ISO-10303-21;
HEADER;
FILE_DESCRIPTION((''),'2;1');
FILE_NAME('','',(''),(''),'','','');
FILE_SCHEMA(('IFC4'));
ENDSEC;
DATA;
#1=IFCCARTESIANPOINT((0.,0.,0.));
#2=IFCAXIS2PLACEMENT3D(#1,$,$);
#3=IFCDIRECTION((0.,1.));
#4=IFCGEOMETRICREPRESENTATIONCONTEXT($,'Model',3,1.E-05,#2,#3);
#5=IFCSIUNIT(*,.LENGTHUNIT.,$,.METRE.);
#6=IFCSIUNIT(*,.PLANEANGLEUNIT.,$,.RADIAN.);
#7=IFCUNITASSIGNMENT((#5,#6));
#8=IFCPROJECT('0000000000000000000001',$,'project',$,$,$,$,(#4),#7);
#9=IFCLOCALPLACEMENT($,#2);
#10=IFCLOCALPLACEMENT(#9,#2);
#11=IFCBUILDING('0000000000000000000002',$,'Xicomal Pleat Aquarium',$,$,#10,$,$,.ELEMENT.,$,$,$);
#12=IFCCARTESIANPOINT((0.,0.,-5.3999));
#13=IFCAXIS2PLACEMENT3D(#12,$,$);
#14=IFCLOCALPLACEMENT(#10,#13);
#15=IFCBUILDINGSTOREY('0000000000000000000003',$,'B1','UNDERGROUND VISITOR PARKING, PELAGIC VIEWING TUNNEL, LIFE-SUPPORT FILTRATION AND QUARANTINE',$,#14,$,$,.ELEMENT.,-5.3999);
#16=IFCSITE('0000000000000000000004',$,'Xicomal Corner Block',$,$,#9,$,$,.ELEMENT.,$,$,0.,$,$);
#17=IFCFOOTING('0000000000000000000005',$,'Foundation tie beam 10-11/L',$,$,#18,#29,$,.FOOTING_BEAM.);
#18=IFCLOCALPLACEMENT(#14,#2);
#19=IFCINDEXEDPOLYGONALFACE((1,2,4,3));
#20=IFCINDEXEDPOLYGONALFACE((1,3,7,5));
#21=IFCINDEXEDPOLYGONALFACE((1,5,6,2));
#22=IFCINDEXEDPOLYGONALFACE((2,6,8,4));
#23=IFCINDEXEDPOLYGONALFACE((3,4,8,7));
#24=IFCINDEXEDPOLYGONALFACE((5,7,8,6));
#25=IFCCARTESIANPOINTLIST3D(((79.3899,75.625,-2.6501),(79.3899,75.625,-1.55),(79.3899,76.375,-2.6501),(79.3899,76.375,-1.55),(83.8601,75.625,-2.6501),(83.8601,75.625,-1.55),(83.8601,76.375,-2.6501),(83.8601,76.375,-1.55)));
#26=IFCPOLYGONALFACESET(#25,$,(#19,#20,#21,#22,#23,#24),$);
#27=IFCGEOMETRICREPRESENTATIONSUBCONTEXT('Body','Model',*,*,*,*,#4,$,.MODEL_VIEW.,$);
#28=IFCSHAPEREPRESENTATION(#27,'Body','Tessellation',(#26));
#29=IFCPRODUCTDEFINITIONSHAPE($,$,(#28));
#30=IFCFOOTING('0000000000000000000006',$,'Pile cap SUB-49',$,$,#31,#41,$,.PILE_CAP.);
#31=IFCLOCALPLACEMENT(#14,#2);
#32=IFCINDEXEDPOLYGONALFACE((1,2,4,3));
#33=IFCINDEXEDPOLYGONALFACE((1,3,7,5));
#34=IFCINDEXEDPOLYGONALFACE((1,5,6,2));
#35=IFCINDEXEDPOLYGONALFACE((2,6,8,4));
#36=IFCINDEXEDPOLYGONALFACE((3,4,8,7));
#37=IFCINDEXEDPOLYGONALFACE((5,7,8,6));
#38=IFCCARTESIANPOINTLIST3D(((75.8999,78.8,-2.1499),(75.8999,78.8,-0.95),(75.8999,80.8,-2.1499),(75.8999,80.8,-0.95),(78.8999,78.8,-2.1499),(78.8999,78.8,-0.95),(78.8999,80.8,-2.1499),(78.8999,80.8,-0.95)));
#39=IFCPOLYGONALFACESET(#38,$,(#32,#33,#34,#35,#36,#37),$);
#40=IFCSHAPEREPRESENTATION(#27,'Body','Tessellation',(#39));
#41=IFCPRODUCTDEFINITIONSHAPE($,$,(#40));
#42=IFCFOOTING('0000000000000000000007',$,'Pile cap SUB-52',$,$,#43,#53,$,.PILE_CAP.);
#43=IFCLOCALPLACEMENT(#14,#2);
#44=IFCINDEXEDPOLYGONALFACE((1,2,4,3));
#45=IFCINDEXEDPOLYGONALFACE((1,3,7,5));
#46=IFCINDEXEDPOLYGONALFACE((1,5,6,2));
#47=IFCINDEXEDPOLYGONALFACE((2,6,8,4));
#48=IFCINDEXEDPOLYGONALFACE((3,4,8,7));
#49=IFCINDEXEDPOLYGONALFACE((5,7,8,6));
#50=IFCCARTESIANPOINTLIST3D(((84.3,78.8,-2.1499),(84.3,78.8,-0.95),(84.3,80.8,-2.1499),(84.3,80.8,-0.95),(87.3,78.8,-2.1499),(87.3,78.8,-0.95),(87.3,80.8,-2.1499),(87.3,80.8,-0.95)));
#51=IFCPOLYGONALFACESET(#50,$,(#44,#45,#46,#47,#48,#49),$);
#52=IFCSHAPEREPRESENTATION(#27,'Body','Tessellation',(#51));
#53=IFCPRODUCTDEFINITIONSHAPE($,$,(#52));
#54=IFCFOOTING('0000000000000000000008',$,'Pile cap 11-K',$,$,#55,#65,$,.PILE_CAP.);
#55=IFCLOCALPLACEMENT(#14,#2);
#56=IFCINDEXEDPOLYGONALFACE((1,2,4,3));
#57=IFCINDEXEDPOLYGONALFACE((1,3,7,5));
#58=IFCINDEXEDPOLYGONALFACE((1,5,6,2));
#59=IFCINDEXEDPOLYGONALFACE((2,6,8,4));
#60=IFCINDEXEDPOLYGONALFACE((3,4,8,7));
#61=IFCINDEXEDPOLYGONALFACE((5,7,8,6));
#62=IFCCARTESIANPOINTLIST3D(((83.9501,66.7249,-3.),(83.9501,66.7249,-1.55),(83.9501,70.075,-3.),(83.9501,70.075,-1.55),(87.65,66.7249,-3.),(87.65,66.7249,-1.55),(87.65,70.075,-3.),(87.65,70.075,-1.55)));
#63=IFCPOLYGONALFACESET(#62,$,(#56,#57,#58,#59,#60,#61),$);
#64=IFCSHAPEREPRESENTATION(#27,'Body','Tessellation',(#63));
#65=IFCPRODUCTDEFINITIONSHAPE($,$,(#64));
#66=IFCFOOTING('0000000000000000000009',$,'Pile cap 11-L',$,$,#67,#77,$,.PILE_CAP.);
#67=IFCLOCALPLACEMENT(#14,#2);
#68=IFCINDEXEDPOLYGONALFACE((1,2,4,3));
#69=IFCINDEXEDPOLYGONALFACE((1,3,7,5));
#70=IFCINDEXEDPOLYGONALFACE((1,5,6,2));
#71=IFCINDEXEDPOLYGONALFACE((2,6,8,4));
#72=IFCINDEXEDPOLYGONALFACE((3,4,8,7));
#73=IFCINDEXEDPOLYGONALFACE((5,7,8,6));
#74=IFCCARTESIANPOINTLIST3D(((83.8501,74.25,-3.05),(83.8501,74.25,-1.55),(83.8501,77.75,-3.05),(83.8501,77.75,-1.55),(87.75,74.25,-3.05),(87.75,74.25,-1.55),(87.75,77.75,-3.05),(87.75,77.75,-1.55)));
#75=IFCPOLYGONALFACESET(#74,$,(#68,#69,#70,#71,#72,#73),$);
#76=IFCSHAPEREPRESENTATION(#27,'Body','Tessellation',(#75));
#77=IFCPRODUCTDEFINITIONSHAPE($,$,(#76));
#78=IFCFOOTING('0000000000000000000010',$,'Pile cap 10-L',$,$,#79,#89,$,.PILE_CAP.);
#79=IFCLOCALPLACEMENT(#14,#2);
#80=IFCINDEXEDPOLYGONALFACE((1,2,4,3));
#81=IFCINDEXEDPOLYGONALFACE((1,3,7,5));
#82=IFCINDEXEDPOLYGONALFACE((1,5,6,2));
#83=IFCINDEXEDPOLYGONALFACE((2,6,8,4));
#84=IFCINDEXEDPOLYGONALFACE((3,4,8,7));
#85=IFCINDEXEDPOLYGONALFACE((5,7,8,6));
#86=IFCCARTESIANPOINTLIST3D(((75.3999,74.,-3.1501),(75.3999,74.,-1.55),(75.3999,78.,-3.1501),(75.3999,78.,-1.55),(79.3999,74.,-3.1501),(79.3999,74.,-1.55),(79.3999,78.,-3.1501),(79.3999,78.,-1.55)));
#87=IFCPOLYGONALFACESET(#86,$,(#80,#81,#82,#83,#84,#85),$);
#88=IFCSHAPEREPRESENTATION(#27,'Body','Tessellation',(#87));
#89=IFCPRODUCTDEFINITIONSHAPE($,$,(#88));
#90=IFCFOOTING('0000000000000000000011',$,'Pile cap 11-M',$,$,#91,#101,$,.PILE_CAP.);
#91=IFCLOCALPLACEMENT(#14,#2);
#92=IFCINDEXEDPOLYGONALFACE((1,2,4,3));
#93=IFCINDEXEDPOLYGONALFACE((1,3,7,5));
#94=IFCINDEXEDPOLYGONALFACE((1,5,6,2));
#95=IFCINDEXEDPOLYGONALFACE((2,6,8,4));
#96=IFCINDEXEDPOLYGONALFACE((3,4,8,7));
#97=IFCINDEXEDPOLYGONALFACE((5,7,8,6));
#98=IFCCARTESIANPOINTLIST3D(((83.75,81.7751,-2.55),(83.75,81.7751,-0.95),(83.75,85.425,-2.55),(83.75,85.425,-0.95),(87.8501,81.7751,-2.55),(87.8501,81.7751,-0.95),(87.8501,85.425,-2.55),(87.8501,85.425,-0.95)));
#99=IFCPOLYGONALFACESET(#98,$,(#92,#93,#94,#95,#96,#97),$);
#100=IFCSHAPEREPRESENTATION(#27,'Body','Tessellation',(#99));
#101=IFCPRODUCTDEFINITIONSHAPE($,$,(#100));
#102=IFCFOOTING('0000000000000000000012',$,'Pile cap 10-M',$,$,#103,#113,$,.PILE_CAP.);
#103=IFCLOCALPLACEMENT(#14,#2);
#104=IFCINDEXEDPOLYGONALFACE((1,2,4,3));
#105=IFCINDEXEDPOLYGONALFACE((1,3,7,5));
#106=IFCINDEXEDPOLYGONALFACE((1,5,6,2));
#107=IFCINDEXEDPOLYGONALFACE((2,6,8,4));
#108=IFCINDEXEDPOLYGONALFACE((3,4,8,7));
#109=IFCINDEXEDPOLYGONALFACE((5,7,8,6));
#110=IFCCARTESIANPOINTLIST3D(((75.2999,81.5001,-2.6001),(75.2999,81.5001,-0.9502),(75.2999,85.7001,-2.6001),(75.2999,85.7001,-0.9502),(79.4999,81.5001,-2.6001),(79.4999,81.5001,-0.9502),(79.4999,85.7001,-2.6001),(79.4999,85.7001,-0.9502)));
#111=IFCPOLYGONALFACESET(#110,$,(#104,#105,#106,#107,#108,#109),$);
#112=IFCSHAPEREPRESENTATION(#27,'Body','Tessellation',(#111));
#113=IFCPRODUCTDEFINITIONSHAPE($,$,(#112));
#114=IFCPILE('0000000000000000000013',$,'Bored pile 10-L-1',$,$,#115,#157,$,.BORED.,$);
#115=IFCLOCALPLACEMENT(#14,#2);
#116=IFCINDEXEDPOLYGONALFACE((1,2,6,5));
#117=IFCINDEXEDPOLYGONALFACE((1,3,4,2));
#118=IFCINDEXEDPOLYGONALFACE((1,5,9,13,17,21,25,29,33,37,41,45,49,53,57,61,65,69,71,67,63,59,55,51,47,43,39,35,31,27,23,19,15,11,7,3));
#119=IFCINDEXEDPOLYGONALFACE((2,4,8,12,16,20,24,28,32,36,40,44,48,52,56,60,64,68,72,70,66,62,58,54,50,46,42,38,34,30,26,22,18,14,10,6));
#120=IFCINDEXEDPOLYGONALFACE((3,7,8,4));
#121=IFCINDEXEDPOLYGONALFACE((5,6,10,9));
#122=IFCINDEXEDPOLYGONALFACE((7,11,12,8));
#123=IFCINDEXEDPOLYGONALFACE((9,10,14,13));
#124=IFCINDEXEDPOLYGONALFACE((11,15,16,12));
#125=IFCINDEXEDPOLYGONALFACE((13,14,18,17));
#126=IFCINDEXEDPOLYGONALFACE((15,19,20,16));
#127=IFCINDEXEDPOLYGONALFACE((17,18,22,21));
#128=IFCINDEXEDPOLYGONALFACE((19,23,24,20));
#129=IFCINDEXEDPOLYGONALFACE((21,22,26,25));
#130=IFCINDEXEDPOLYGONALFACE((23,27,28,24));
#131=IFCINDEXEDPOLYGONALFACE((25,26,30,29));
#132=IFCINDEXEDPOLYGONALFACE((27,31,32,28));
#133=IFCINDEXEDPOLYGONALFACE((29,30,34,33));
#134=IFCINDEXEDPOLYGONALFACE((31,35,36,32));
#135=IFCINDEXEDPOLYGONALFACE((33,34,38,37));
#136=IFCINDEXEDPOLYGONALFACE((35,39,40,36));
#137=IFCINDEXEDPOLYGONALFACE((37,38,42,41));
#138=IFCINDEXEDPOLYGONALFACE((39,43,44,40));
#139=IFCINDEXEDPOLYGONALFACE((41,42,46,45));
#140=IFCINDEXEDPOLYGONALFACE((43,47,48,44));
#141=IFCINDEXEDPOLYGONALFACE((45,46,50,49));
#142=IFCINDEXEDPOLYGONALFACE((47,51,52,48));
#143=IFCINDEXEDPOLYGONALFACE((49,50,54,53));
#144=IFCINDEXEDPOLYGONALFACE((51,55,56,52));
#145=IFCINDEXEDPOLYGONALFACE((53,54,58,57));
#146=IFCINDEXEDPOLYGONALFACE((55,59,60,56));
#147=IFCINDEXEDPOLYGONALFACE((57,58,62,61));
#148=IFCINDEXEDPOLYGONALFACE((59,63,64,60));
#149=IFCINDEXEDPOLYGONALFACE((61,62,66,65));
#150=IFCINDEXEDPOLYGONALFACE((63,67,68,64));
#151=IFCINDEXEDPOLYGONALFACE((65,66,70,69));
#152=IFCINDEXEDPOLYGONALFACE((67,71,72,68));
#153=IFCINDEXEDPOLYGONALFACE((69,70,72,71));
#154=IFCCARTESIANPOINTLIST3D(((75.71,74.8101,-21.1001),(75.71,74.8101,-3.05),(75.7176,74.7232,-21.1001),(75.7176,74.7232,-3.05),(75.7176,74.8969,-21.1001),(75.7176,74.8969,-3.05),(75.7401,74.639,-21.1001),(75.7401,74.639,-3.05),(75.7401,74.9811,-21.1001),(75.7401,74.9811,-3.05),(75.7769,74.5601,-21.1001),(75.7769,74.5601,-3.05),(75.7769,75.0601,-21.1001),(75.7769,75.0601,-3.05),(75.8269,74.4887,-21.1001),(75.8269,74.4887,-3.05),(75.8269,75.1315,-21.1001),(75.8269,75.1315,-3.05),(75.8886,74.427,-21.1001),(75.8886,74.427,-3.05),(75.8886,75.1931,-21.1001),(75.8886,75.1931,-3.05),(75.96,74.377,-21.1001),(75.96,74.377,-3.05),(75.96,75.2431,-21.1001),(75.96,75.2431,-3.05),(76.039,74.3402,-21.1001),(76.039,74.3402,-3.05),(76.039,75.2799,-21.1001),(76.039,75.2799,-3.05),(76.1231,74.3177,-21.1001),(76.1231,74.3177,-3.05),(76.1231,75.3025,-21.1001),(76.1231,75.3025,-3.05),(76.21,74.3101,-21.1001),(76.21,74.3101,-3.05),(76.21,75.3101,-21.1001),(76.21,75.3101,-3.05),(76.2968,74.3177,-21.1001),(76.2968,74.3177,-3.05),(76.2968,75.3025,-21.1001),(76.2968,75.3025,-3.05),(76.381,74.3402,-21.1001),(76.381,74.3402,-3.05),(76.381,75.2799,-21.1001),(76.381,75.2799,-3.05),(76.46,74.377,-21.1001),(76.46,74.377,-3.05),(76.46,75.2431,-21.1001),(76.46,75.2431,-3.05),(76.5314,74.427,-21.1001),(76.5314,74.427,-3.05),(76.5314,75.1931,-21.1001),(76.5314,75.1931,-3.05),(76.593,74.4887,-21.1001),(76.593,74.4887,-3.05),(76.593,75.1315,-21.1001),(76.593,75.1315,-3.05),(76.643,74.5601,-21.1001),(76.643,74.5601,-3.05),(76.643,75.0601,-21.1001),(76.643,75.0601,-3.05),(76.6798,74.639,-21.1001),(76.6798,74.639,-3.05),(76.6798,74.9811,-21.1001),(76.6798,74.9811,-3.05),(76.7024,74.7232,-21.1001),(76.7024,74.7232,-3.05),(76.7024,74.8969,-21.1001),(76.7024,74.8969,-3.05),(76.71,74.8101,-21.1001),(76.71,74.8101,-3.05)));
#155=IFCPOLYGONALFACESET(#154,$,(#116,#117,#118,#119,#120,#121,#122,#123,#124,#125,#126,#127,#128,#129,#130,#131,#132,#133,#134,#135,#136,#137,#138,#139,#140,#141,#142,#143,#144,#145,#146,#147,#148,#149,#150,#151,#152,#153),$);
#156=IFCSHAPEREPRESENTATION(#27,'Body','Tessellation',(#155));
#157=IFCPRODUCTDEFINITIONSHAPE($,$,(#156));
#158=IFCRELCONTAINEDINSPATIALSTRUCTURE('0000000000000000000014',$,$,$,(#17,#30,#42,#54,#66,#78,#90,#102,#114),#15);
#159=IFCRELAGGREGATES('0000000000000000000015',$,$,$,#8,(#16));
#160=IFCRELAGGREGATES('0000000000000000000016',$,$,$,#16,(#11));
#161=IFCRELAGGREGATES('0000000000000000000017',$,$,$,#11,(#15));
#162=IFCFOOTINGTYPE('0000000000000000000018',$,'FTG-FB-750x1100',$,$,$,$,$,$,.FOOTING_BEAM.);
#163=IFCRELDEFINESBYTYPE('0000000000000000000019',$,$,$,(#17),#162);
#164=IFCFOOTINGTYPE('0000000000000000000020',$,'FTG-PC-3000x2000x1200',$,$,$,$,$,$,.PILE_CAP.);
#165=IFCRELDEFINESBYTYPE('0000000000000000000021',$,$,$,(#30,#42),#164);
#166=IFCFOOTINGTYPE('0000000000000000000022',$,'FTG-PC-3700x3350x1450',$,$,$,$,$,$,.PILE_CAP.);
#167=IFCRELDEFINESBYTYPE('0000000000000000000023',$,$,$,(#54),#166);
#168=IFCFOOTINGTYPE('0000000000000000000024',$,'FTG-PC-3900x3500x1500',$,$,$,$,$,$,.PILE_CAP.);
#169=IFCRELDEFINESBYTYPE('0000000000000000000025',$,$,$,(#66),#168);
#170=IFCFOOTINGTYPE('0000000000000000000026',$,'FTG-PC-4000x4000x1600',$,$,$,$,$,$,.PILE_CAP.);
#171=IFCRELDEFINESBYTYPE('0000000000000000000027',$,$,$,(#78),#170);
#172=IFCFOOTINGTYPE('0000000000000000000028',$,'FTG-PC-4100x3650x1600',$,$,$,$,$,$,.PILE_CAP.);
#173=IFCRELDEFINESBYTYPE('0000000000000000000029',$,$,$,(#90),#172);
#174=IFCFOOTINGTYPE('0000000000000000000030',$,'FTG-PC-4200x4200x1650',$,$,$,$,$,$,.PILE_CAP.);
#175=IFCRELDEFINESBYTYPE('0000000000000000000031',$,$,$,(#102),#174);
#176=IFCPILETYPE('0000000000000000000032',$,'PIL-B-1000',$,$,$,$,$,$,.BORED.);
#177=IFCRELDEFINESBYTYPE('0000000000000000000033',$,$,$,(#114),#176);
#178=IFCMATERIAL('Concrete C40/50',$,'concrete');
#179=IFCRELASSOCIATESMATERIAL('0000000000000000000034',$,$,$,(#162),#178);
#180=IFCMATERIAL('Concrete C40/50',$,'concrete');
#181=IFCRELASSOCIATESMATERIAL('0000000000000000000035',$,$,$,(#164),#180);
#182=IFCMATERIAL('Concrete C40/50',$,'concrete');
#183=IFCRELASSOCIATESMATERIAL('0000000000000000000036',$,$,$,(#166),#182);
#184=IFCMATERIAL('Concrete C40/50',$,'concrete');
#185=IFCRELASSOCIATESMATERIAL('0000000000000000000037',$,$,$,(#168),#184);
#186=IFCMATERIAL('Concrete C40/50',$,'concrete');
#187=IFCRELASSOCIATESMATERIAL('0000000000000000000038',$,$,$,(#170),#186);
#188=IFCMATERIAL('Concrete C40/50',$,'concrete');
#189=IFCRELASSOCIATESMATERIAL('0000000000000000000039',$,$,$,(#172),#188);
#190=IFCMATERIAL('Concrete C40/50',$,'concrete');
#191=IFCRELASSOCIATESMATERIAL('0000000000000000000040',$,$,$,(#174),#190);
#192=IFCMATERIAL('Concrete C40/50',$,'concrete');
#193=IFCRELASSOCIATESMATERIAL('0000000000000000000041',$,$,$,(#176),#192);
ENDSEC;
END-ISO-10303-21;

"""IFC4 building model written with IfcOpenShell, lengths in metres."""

from ifc_helpers import new_model, si_unit, direction, frame, origin, origin_2d, place, context, subcontext, project, spatial, rectangle, circle, extrude, material, material_profile, profile_set, type_object, element, save


model = new_model("IFC4")

# Units and contexts
model_context = context("Model", 3, precision=1e-05, world=origin(), true_north=direction((0.0, 1.0)))
body_context = subcontext(model_context, "Body", "Model", "MODEL_VIEW")
ifc_project = project(units=[si_unit("LENGTHUNIT", "METRE"), si_unit("PLANEANGLEUNIT", "RADIAN")], contexts=[model_context])

# Site, building, storey
site_placement = place(None, origin())
site = spatial("IfcSite", under=ifc_project, at=site_placement, Name="Xicomal Corner Block", CompositionType="ELEMENT", RefElevation=0.0)
building_placement = place(site_placement, origin())
building = spatial("IfcBuilding", under=site, at=building_placement, Name="Xicomal Pleat Aquarium", CompositionType="ELEMENT")
storey_placement = place(building_placement, frame((0.0, 0.0, -5.3999)))
storey = spatial("IfcBuildingStorey", under=building, at=storey_placement, Name="B1", Description="UNDERGROUND VISITOR PARKING, PELAGIC VIEWING TUNNEL, LIFE-SUPPORT FILTRATION AND QUARANTINE", CompositionType="ELEMENT", Elevation=-5.3999)

# Footings
ifc_material_1 = material(Name="Concrete C40/50", Category="concrete")
ifc_material_profile_1 = material_profile(ifc_material_1, rectangle(XDim=0.75, YDim=1.1001, at=origin_2d()), Name="FB-04 750x1100")
ifc_profile_set_1 = profile_set([ifc_material_profile_1], Name="Concrete C40/50")
footing_type_1 = type_object("IfcFootingType", Name="FTG-FB-750x1100", PredefinedType="FOOTING_BEAM", material=ifc_profile_set_1)
footing_1_placement = place(storey_placement, frame((79.3899, 76.0, -2.1001), z_axis=(1.0, 0.0, 0.0), x_axis=(0.0, 1.0, 0.0)))
element("IfcFooting", 1, at=footing_1_placement, inside=storey, type_object=footing_type_1, Name="Foundation tie beam 10-11/L", PredefinedType="FOOTING_BEAM", context=body_context, shape_type="SweptSolid", body=[
    extrude(rectangle(XDim=0.75, YDim=1.1001, at=origin_2d()), origin(), (0.0, 0.0, 1.0), 4.4702),
])
ifc_material_2 = material(Name="Concrete C40/50", Category="concrete")
footing_type_2 = type_object("IfcFootingType", Name="FTG-PC-3000x2000x1200", PredefinedType="PILE_CAP", material=ifc_material_2)
for number, where, z_axis, x_axis, name in (
    (2, (77.3999, 79.8, -2.1499), (0.0, 0.0, 1.0), (1.0, 0.0, 0.0), "Pile cap SUB-49"),
    (3, (85.8, 79.8, -2.1499), (0.0, 0.0, 1.0), (1.0, 0.0, 0.0), "Pile cap SUB-52"),
):
    element("IfcFooting", number, at=place(storey_placement, frame(where, z_axis=z_axis, x_axis=x_axis)), inside=storey, type_object=footing_type_2, Name=name, PredefinedType="PILE_CAP", context=body_context, shape_type="SweptSolid", body=[
        extrude(rectangle(XDim=3.0, YDim=2.0, at=origin_2d()), origin(), (0.0, 0.0, 1.0), 1.2),
    ])
ifc_material_3 = material(Name="Concrete C40/50", Category="concrete")
footing_type_3 = type_object("IfcFootingType", Name="FTG-PC-3700x3350x1450", PredefinedType="PILE_CAP", material=ifc_material_3)
footing_2_placement = place(storey_placement, frame((85.8, 68.3999, -3.0), z_axis=(0.0, 0.0, 1.0), x_axis=(1.0, 0.0, 0.0)))
element("IfcFooting", 4, at=footing_2_placement, inside=storey, type_object=footing_type_3, Name="Pile cap 11-K", PredefinedType="PILE_CAP", context=body_context, shape_type="SweptSolid", body=[
    extrude(rectangle(XDim=3.7, YDim=3.3501, at=origin_2d()), origin(), (0.0, 0.0, 1.0), 1.45),
])
ifc_material_4 = material(Name="Concrete C40/50", Category="concrete")
footing_type_4 = type_object("IfcFootingType", Name="FTG-PC-3900x3500x1500", PredefinedType="PILE_CAP", material=ifc_material_4)
footing_3_placement = place(storey_placement, frame((85.8, 76.0, -3.05), z_axis=(0.0, 0.0, 1.0), x_axis=(1.0, 0.0, 0.0)))
element("IfcFooting", 5, at=footing_3_placement, inside=storey, type_object=footing_type_4, Name="Pile cap 11-L", PredefinedType="PILE_CAP", context=body_context, shape_type="SweptSolid", body=[
    extrude(rectangle(XDim=3.8999, YDim=3.5, at=origin_2d()), origin(), (0.0, 0.0, 1.0), 1.5),
])
ifc_material_5 = material(Name="Concrete C40/50", Category="concrete")
footing_type_5 = type_object("IfcFootingType", Name="FTG-PC-4000x4000x1600", PredefinedType="PILE_CAP", material=ifc_material_5)
footing_4_placement = place(storey_placement, frame((77.3999, 76.0, -3.1501), z_axis=(0.0, 0.0, 1.0), x_axis=(1.0, 0.0, 0.0)))
element("IfcFooting", 6, at=footing_4_placement, inside=storey, type_object=footing_type_5, Name="Pile cap 10-L", PredefinedType="PILE_CAP", context=body_context, shape_type="SweptSolid", body=[
    extrude(rectangle(XDim=4.0, YDim=4.0, at=origin_2d()), origin(), (0.0, 0.0, 1.0), 1.6001),
])
ifc_material_6 = material(Name="Concrete C40/50", Category="concrete")
footing_type_6 = type_object("IfcFootingType", Name="FTG-PC-4100x3650x1600", PredefinedType="PILE_CAP", material=ifc_material_6)
footing_5_placement = place(storey_placement, frame((85.8, 83.6001, -2.55), z_axis=(0.0, 0.0, 1.0), x_axis=(1.0, 0.0, 0.0)))
element("IfcFooting", 7, at=footing_5_placement, inside=storey, type_object=footing_type_6, Name="Pile cap 11-M", PredefinedType="PILE_CAP", context=body_context, shape_type="SweptSolid", body=[
    extrude(rectangle(XDim=4.1001, YDim=3.6499, at=origin_2d()), origin(), (0.0, 0.0, 1.0), 1.6001),
])
ifc_material_7 = material(Name="Concrete C40/50", Category="concrete")
footing_type_7 = type_object("IfcFootingType", Name="FTG-PC-4200x4200x1650", PredefinedType="PILE_CAP", material=ifc_material_7)
footing_6_placement = place(storey_placement, frame((77.3999, 83.6001, -2.6001), z_axis=(0.0, 0.0, 1.0), x_axis=(1.0, 0.0, 0.0)))
element("IfcFooting", 8, at=footing_6_placement, inside=storey, type_object=footing_type_7, Name="Pile cap 10-M", PredefinedType="PILE_CAP", context=body_context, shape_type="SweptSolid", body=[
    extrude(rectangle(XDim=4.2, YDim=4.2, at=origin_2d()), origin(), (0.0, 0.0, 1.0), 1.6499),
])

# Pile
ifc_material_8 = material(Name="Concrete C40/50", Category="concrete")
ifc_material_profile_2 = material_profile(ifc_material_8, circle(Radius=0.5, at=origin_2d()), Name="BORED PILE D1000")
ifc_profile_set_2 = profile_set([ifc_material_profile_2], Name="Concrete C40/50")
pile_type_1 = type_object("IfcPileType", Name="PIL-B-1000", PredefinedType="BORED", material=ifc_profile_set_2)
for number, where, z_axis, x_axis, name in (
    (9, (76.21, 74.8101, -3.05), (0.0, 0.0, -1.0), (1.0, 0.0, 0.0), "Bored pile 10-L-1"),
):
    element("IfcPile", number, at=place(storey_placement, frame(where, z_axis=z_axis, x_axis=x_axis)), inside=storey, type_object=pile_type_1, Name=name, PredefinedType="BORED", context=body_context, shape_type="SweptSolid", body=[
        extrude(circle(Radius=0.5, at=origin_2d()), origin(), (0.0, 0.0, 1.0), 18.05),
    ])

save(model, "model.ifc")
